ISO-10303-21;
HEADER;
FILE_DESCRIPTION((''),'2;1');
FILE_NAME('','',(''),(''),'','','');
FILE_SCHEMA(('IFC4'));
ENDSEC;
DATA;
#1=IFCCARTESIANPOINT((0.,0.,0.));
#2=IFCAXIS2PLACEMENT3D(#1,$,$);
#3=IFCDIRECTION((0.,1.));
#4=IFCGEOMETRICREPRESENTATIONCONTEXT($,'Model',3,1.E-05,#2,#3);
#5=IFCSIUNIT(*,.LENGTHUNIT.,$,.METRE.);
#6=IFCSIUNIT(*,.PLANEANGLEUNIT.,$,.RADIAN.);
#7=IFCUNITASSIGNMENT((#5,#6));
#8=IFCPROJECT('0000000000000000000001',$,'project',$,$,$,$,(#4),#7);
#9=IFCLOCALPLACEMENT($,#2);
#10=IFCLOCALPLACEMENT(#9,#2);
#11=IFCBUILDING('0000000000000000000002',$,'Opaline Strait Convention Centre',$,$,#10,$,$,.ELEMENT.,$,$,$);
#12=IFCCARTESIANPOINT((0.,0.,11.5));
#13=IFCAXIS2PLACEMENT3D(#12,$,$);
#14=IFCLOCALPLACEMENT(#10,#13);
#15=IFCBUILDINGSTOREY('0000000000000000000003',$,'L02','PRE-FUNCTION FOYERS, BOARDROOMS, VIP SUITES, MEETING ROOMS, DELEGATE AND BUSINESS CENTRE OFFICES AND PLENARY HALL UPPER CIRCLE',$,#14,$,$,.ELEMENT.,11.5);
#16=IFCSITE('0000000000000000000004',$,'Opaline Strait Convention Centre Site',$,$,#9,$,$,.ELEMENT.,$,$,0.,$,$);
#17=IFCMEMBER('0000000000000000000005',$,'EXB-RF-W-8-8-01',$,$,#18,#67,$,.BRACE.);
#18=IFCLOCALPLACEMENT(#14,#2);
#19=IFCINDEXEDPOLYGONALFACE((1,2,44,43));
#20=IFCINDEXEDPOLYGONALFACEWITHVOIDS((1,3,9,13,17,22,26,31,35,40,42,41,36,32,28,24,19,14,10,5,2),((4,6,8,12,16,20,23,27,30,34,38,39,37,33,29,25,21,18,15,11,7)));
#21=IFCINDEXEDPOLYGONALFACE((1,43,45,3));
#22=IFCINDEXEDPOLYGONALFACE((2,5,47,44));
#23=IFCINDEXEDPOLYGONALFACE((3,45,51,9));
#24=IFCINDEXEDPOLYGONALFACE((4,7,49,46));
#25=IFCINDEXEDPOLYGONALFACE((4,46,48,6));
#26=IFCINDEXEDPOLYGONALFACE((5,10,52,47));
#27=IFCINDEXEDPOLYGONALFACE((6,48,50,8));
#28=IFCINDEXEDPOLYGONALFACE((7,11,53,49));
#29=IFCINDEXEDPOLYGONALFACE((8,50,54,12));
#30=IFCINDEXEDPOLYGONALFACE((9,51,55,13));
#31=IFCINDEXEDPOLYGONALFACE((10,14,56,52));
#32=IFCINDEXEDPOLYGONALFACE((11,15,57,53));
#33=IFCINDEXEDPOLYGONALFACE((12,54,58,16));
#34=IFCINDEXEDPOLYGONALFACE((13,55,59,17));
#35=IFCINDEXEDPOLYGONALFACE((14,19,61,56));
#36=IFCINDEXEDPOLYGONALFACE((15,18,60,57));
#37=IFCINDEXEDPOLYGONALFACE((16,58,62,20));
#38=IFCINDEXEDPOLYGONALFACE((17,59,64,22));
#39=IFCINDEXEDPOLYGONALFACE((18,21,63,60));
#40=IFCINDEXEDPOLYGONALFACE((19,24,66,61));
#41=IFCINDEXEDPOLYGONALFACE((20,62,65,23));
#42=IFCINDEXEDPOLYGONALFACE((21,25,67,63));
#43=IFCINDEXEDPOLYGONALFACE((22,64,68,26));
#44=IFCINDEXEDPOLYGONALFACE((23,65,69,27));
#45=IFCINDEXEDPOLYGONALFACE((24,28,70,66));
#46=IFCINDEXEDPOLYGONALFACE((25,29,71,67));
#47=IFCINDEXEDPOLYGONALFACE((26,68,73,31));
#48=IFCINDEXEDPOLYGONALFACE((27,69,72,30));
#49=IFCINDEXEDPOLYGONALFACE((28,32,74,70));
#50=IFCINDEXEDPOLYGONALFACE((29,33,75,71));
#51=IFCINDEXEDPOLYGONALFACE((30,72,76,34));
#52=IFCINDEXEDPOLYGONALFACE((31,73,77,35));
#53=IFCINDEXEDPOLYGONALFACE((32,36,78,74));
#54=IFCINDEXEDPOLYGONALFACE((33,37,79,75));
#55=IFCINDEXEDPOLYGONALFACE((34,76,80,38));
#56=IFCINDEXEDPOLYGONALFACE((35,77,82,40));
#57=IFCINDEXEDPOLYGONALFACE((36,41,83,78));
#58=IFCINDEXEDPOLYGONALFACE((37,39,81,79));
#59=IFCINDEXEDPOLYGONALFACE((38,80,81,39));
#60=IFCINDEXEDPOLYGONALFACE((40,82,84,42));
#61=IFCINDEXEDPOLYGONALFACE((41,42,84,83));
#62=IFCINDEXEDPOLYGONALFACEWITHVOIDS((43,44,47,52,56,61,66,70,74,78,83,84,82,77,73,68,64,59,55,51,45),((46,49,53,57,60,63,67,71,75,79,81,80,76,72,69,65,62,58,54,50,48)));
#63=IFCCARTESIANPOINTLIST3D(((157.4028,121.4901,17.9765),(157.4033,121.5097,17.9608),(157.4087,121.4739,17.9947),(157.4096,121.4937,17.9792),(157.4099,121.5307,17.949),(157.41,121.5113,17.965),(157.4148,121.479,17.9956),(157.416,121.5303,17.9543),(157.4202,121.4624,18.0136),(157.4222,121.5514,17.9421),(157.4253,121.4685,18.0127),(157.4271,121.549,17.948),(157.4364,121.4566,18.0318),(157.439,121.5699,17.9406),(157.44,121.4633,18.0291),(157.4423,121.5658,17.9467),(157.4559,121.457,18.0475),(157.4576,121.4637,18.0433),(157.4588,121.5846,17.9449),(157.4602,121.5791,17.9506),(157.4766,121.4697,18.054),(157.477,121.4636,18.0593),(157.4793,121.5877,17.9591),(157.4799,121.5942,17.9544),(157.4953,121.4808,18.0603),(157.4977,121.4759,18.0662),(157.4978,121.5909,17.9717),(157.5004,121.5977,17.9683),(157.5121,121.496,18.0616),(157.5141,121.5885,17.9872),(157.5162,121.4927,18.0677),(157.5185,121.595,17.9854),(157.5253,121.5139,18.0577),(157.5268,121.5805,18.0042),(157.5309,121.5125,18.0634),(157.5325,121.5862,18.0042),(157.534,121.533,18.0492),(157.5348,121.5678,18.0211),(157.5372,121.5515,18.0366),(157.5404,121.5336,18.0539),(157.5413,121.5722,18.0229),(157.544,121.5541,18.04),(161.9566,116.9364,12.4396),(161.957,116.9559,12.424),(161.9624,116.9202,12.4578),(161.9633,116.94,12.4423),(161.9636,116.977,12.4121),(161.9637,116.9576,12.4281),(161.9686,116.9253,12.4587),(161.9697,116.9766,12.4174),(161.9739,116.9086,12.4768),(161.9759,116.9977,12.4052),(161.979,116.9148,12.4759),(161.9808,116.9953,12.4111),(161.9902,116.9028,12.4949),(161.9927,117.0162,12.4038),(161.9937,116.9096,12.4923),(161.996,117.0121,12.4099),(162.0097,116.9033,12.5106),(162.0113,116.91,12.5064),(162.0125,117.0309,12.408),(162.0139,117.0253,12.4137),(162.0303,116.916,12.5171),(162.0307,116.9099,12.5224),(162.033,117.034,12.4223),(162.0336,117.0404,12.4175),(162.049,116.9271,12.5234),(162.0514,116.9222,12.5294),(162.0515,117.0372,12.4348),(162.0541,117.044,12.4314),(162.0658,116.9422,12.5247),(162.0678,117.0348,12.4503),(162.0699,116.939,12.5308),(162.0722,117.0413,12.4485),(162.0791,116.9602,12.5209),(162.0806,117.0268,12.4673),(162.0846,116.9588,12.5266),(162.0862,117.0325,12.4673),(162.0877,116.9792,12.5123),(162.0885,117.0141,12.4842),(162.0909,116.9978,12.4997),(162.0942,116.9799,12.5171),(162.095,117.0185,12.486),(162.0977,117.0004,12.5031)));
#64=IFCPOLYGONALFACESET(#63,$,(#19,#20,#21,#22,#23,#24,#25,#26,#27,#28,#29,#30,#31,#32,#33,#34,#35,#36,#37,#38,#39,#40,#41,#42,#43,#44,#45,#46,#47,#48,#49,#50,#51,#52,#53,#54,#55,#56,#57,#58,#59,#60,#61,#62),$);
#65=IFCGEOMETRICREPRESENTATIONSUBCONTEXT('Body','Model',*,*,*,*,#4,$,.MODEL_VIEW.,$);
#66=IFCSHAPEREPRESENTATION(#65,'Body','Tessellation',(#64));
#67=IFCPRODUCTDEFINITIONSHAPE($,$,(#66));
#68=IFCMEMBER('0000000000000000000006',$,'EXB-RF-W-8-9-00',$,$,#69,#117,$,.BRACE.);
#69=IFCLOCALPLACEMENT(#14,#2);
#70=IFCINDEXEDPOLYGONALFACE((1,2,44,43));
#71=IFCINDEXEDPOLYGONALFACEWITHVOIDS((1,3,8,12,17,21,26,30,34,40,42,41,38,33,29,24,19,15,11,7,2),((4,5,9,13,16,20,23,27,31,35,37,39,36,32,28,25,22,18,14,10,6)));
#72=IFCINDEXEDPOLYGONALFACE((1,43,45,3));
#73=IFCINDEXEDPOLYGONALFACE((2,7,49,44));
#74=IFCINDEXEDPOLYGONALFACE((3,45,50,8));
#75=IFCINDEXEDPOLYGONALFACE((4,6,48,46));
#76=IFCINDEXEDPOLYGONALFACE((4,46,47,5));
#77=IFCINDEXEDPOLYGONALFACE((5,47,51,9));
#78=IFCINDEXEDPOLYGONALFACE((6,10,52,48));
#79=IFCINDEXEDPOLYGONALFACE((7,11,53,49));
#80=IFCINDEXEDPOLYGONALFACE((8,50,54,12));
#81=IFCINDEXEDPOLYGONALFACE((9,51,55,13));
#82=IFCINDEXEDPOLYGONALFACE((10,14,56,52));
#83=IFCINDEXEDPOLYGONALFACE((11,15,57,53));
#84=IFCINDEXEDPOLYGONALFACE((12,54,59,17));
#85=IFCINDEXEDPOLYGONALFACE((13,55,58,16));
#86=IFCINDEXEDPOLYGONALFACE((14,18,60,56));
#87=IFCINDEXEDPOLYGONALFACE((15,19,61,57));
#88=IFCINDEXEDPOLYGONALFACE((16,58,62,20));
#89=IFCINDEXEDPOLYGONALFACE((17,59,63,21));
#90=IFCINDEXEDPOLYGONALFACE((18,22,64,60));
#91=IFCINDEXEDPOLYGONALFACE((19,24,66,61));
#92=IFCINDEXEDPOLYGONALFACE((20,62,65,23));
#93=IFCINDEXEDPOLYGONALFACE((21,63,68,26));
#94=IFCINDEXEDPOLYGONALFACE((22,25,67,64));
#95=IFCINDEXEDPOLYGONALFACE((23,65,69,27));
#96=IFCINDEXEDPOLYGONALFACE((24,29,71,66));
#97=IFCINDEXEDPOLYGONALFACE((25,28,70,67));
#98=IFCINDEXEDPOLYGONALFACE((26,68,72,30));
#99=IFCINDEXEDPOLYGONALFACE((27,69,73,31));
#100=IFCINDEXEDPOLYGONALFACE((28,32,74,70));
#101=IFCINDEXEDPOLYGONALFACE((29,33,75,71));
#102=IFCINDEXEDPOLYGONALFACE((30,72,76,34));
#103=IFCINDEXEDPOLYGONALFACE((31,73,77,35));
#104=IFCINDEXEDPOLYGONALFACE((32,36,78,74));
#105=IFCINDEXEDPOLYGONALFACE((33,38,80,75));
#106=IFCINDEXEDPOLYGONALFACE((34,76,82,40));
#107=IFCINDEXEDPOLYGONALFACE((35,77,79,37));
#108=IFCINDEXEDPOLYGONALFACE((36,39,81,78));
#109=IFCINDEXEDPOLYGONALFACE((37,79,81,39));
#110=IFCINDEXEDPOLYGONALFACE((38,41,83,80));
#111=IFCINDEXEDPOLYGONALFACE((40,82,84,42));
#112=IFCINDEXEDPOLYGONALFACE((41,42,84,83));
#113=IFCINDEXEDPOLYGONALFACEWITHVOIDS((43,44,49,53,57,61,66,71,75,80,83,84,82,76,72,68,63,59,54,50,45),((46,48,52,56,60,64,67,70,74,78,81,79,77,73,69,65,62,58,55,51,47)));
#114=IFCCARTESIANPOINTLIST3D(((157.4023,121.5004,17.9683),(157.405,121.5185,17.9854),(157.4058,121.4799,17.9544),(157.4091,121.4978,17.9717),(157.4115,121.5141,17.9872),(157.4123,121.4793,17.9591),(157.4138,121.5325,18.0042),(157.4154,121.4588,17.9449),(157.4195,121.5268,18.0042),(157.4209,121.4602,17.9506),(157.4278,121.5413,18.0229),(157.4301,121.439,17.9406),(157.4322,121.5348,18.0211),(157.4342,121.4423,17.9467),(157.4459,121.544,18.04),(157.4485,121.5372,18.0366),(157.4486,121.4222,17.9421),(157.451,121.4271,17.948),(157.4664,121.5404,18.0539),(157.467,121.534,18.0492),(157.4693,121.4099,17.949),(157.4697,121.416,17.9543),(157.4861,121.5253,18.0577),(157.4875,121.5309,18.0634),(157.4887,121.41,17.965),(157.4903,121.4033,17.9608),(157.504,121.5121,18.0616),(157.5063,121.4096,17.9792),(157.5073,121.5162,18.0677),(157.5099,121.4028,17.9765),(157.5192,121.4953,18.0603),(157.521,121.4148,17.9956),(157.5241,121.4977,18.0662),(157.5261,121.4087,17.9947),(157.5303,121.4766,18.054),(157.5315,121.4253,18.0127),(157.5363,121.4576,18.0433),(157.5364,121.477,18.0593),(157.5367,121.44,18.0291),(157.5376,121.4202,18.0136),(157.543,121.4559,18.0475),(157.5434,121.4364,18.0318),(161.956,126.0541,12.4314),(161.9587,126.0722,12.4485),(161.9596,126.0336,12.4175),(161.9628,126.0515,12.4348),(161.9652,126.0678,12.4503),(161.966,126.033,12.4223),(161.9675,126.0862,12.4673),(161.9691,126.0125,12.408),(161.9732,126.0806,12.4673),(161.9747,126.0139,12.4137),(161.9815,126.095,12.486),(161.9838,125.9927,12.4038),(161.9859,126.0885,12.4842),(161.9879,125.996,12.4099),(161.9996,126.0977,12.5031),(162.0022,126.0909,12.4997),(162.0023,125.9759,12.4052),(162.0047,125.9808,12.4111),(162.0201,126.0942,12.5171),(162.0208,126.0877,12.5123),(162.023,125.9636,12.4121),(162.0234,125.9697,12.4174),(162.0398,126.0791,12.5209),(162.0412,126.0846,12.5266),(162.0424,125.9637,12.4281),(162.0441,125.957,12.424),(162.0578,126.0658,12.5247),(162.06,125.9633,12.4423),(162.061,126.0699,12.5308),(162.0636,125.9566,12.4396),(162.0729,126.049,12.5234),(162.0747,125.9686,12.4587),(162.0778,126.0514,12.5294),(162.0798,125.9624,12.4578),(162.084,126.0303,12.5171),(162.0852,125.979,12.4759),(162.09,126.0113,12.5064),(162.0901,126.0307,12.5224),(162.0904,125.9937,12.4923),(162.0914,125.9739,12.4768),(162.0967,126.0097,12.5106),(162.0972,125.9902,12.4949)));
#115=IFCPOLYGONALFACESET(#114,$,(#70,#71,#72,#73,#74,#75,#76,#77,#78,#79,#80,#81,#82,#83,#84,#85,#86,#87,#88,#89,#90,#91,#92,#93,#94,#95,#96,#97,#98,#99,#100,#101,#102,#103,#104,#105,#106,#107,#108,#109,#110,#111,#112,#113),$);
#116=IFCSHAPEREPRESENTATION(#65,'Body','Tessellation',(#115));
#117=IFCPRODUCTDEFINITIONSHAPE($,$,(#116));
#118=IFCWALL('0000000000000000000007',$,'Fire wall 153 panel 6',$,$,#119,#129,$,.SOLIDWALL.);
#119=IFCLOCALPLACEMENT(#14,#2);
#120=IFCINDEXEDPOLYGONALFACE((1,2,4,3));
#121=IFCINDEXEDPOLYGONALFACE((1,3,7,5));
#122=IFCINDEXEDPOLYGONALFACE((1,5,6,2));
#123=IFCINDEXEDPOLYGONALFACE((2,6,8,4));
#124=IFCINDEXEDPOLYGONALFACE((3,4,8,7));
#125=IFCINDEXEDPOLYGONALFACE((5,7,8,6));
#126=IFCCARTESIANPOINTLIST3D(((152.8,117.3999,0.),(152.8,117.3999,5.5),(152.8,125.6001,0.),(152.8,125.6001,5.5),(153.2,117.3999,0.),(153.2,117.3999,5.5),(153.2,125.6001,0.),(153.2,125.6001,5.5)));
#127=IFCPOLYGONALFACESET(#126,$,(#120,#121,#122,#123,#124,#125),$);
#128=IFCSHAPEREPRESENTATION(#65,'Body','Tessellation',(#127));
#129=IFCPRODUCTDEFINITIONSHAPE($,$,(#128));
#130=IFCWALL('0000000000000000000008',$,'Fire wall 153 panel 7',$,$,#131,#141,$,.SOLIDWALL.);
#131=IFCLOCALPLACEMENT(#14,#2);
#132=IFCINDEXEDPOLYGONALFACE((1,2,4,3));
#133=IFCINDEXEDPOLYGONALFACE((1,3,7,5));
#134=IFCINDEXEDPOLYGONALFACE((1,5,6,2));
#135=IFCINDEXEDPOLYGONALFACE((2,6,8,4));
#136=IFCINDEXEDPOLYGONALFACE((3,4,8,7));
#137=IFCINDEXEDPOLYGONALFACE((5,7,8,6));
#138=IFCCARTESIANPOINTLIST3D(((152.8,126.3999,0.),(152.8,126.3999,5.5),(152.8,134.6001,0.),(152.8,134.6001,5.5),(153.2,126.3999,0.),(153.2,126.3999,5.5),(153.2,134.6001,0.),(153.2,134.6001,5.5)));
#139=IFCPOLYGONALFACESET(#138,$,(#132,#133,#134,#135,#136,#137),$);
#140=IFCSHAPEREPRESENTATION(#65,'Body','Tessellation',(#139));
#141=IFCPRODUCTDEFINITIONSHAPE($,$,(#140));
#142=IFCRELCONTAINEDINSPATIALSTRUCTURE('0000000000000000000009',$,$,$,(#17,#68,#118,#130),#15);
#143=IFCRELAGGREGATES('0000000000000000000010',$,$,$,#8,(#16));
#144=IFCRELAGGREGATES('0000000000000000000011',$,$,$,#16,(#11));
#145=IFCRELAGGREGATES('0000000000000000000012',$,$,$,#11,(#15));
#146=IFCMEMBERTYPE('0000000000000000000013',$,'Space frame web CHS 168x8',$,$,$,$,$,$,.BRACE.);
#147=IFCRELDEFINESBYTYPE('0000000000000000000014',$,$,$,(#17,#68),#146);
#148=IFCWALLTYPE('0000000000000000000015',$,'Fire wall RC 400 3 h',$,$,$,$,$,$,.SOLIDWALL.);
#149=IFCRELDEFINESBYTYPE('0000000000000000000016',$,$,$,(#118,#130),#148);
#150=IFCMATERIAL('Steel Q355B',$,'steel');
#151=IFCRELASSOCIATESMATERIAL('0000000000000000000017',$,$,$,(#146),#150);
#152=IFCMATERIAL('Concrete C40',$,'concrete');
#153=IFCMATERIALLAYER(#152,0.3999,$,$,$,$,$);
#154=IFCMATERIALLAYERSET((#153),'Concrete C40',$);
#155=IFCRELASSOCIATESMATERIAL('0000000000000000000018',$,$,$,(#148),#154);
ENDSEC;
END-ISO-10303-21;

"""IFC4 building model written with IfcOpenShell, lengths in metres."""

from ifc_helpers import new_model, si_unit, direction, frame, frame_2d, origin, origin_2d, place, context, subcontext, project, spatial, rectangle, hollow_circle, extrude, material, layer, layer_set, material_profile, profile_set, type_object, element, save


model = new_model("IFC4")

# Units and contexts
model_context = context("Model", 3, precision=1e-05, world=origin(), true_north=direction((0.0, 1.0)))
body_context = subcontext(model_context, "Body", "Model", "MODEL_VIEW")
ifc_project = project(units=[si_unit("LENGTHUNIT", "METRE"), si_unit("PLANEANGLEUNIT", "RADIAN")], contexts=[model_context])

# Site, building, storey
site_placement = place(None, origin())
site = spatial("IfcSite", under=ifc_project, at=site_placement, Name="Opaline Strait Convention Centre Site", CompositionType="ELEMENT", RefElevation=0.0)
building_placement = place(site_placement, origin())
building = spatial("IfcBuilding", under=site, at=building_placement, Name="Opaline Strait Convention Centre", CompositionType="ELEMENT")
storey_placement = place(building_placement, frame((0.0, 0.0, 11.5)))
storey = spatial("IfcBuildingStorey", under=building, at=storey_placement, Name="L02", Description="PRE-FUNCTION FOYERS, BOARDROOMS, VIP SUITES, MEETING ROOMS, DELEGATE AND BUSINESS CENTRE OFFICES AND PLENARY HALL UPPER CIRCLE", CompositionType="ELEMENT", Elevation=11.5)

# Shared definitions
ifc_material_1 = material(Name="Concrete C40", Category="concrete")

# Members
ifc_material_2 = material(Name="Steel Q355B", Category="steel")
ifc_material_profile_1 = material_profile(ifc_material_2, hollow_circle(Radius=0.084, WallThickness=0.0081, at=origin_2d()), Name="CHS 168x8")
ifc_profile_set_1 = profile_set([ifc_material_profile_1], Name="Steel Q355B")
member_type_1 = type_object("IfcMemberType", Name="Space frame web CHS 168x8", PredefinedType="BRACE", material=ifc_profile_set_1)
for number, where, z_axis, x_axis, name in (
    (1, (157.4731, 121.5269, 18.0042), (0.536178, -0.536178, -0.65194), (0.707107, 0.707107, 0.0), "EXB-RF-W-8-8-01"),
    (2, (157.4731, 121.4731, 18.0042), (0.536178, 0.536178, -0.65194), (-0.707107, 0.707107, 0.0), "EXB-RF-W-8-9-00"),
):
    element("IfcMember", number, at=place(storey_placement, frame(where, z_axis=z_axis, x_axis=x_axis)), inside=storey, type_object=member_type_1, Name=name, PredefinedType="BRACE", context=body_context, shape_type="SweptSolid", body=[
        extrude(hollow_circle(Radius=0.084, WallThickness=0.0081, at=origin_2d()), origin(), (0.0, 0.0, 1.0), 8.4929),
    ])

# Walls
ifc_layer = layer(ifc_material_1, 0.3999)
ifc_layer_set = layer_set([ifc_layer], Name="Concrete C40")
wall_type = type_object("IfcWallType", Name="Fire wall RC 400 3 h", PredefinedType="SOLIDWALL", material=ifc_layer_set)
for number, where, z_axis, x_axis, name in (
    (3, (153.0, 117.3999, 0.0), (0.0, 0.0, 1.0), (0.0, 1.0, 0.0), "Fire wall 153 panel 6"),
    (4, (153.0, 126.3999, 0.0), (0.0, 0.0, 1.0), (0.0, 1.0, 0.0), "Fire wall 153 panel 7"),
):
    element("IfcWall", number, at=place(storey_placement, frame(where, z_axis=z_axis, x_axis=x_axis)), inside=storey, type_object=wall_type, Name=name, PredefinedType="SOLIDWALL", context=body_context, shape_type="SweptSolid", body=[
        extrude(rectangle(XDim=8.2002, YDim=0.3999, at=frame_2d((4.1001, 0.0))), origin(), (0.0, 0.0, 1.0), 5.5),
    ])

save(model, "model.ifc")
